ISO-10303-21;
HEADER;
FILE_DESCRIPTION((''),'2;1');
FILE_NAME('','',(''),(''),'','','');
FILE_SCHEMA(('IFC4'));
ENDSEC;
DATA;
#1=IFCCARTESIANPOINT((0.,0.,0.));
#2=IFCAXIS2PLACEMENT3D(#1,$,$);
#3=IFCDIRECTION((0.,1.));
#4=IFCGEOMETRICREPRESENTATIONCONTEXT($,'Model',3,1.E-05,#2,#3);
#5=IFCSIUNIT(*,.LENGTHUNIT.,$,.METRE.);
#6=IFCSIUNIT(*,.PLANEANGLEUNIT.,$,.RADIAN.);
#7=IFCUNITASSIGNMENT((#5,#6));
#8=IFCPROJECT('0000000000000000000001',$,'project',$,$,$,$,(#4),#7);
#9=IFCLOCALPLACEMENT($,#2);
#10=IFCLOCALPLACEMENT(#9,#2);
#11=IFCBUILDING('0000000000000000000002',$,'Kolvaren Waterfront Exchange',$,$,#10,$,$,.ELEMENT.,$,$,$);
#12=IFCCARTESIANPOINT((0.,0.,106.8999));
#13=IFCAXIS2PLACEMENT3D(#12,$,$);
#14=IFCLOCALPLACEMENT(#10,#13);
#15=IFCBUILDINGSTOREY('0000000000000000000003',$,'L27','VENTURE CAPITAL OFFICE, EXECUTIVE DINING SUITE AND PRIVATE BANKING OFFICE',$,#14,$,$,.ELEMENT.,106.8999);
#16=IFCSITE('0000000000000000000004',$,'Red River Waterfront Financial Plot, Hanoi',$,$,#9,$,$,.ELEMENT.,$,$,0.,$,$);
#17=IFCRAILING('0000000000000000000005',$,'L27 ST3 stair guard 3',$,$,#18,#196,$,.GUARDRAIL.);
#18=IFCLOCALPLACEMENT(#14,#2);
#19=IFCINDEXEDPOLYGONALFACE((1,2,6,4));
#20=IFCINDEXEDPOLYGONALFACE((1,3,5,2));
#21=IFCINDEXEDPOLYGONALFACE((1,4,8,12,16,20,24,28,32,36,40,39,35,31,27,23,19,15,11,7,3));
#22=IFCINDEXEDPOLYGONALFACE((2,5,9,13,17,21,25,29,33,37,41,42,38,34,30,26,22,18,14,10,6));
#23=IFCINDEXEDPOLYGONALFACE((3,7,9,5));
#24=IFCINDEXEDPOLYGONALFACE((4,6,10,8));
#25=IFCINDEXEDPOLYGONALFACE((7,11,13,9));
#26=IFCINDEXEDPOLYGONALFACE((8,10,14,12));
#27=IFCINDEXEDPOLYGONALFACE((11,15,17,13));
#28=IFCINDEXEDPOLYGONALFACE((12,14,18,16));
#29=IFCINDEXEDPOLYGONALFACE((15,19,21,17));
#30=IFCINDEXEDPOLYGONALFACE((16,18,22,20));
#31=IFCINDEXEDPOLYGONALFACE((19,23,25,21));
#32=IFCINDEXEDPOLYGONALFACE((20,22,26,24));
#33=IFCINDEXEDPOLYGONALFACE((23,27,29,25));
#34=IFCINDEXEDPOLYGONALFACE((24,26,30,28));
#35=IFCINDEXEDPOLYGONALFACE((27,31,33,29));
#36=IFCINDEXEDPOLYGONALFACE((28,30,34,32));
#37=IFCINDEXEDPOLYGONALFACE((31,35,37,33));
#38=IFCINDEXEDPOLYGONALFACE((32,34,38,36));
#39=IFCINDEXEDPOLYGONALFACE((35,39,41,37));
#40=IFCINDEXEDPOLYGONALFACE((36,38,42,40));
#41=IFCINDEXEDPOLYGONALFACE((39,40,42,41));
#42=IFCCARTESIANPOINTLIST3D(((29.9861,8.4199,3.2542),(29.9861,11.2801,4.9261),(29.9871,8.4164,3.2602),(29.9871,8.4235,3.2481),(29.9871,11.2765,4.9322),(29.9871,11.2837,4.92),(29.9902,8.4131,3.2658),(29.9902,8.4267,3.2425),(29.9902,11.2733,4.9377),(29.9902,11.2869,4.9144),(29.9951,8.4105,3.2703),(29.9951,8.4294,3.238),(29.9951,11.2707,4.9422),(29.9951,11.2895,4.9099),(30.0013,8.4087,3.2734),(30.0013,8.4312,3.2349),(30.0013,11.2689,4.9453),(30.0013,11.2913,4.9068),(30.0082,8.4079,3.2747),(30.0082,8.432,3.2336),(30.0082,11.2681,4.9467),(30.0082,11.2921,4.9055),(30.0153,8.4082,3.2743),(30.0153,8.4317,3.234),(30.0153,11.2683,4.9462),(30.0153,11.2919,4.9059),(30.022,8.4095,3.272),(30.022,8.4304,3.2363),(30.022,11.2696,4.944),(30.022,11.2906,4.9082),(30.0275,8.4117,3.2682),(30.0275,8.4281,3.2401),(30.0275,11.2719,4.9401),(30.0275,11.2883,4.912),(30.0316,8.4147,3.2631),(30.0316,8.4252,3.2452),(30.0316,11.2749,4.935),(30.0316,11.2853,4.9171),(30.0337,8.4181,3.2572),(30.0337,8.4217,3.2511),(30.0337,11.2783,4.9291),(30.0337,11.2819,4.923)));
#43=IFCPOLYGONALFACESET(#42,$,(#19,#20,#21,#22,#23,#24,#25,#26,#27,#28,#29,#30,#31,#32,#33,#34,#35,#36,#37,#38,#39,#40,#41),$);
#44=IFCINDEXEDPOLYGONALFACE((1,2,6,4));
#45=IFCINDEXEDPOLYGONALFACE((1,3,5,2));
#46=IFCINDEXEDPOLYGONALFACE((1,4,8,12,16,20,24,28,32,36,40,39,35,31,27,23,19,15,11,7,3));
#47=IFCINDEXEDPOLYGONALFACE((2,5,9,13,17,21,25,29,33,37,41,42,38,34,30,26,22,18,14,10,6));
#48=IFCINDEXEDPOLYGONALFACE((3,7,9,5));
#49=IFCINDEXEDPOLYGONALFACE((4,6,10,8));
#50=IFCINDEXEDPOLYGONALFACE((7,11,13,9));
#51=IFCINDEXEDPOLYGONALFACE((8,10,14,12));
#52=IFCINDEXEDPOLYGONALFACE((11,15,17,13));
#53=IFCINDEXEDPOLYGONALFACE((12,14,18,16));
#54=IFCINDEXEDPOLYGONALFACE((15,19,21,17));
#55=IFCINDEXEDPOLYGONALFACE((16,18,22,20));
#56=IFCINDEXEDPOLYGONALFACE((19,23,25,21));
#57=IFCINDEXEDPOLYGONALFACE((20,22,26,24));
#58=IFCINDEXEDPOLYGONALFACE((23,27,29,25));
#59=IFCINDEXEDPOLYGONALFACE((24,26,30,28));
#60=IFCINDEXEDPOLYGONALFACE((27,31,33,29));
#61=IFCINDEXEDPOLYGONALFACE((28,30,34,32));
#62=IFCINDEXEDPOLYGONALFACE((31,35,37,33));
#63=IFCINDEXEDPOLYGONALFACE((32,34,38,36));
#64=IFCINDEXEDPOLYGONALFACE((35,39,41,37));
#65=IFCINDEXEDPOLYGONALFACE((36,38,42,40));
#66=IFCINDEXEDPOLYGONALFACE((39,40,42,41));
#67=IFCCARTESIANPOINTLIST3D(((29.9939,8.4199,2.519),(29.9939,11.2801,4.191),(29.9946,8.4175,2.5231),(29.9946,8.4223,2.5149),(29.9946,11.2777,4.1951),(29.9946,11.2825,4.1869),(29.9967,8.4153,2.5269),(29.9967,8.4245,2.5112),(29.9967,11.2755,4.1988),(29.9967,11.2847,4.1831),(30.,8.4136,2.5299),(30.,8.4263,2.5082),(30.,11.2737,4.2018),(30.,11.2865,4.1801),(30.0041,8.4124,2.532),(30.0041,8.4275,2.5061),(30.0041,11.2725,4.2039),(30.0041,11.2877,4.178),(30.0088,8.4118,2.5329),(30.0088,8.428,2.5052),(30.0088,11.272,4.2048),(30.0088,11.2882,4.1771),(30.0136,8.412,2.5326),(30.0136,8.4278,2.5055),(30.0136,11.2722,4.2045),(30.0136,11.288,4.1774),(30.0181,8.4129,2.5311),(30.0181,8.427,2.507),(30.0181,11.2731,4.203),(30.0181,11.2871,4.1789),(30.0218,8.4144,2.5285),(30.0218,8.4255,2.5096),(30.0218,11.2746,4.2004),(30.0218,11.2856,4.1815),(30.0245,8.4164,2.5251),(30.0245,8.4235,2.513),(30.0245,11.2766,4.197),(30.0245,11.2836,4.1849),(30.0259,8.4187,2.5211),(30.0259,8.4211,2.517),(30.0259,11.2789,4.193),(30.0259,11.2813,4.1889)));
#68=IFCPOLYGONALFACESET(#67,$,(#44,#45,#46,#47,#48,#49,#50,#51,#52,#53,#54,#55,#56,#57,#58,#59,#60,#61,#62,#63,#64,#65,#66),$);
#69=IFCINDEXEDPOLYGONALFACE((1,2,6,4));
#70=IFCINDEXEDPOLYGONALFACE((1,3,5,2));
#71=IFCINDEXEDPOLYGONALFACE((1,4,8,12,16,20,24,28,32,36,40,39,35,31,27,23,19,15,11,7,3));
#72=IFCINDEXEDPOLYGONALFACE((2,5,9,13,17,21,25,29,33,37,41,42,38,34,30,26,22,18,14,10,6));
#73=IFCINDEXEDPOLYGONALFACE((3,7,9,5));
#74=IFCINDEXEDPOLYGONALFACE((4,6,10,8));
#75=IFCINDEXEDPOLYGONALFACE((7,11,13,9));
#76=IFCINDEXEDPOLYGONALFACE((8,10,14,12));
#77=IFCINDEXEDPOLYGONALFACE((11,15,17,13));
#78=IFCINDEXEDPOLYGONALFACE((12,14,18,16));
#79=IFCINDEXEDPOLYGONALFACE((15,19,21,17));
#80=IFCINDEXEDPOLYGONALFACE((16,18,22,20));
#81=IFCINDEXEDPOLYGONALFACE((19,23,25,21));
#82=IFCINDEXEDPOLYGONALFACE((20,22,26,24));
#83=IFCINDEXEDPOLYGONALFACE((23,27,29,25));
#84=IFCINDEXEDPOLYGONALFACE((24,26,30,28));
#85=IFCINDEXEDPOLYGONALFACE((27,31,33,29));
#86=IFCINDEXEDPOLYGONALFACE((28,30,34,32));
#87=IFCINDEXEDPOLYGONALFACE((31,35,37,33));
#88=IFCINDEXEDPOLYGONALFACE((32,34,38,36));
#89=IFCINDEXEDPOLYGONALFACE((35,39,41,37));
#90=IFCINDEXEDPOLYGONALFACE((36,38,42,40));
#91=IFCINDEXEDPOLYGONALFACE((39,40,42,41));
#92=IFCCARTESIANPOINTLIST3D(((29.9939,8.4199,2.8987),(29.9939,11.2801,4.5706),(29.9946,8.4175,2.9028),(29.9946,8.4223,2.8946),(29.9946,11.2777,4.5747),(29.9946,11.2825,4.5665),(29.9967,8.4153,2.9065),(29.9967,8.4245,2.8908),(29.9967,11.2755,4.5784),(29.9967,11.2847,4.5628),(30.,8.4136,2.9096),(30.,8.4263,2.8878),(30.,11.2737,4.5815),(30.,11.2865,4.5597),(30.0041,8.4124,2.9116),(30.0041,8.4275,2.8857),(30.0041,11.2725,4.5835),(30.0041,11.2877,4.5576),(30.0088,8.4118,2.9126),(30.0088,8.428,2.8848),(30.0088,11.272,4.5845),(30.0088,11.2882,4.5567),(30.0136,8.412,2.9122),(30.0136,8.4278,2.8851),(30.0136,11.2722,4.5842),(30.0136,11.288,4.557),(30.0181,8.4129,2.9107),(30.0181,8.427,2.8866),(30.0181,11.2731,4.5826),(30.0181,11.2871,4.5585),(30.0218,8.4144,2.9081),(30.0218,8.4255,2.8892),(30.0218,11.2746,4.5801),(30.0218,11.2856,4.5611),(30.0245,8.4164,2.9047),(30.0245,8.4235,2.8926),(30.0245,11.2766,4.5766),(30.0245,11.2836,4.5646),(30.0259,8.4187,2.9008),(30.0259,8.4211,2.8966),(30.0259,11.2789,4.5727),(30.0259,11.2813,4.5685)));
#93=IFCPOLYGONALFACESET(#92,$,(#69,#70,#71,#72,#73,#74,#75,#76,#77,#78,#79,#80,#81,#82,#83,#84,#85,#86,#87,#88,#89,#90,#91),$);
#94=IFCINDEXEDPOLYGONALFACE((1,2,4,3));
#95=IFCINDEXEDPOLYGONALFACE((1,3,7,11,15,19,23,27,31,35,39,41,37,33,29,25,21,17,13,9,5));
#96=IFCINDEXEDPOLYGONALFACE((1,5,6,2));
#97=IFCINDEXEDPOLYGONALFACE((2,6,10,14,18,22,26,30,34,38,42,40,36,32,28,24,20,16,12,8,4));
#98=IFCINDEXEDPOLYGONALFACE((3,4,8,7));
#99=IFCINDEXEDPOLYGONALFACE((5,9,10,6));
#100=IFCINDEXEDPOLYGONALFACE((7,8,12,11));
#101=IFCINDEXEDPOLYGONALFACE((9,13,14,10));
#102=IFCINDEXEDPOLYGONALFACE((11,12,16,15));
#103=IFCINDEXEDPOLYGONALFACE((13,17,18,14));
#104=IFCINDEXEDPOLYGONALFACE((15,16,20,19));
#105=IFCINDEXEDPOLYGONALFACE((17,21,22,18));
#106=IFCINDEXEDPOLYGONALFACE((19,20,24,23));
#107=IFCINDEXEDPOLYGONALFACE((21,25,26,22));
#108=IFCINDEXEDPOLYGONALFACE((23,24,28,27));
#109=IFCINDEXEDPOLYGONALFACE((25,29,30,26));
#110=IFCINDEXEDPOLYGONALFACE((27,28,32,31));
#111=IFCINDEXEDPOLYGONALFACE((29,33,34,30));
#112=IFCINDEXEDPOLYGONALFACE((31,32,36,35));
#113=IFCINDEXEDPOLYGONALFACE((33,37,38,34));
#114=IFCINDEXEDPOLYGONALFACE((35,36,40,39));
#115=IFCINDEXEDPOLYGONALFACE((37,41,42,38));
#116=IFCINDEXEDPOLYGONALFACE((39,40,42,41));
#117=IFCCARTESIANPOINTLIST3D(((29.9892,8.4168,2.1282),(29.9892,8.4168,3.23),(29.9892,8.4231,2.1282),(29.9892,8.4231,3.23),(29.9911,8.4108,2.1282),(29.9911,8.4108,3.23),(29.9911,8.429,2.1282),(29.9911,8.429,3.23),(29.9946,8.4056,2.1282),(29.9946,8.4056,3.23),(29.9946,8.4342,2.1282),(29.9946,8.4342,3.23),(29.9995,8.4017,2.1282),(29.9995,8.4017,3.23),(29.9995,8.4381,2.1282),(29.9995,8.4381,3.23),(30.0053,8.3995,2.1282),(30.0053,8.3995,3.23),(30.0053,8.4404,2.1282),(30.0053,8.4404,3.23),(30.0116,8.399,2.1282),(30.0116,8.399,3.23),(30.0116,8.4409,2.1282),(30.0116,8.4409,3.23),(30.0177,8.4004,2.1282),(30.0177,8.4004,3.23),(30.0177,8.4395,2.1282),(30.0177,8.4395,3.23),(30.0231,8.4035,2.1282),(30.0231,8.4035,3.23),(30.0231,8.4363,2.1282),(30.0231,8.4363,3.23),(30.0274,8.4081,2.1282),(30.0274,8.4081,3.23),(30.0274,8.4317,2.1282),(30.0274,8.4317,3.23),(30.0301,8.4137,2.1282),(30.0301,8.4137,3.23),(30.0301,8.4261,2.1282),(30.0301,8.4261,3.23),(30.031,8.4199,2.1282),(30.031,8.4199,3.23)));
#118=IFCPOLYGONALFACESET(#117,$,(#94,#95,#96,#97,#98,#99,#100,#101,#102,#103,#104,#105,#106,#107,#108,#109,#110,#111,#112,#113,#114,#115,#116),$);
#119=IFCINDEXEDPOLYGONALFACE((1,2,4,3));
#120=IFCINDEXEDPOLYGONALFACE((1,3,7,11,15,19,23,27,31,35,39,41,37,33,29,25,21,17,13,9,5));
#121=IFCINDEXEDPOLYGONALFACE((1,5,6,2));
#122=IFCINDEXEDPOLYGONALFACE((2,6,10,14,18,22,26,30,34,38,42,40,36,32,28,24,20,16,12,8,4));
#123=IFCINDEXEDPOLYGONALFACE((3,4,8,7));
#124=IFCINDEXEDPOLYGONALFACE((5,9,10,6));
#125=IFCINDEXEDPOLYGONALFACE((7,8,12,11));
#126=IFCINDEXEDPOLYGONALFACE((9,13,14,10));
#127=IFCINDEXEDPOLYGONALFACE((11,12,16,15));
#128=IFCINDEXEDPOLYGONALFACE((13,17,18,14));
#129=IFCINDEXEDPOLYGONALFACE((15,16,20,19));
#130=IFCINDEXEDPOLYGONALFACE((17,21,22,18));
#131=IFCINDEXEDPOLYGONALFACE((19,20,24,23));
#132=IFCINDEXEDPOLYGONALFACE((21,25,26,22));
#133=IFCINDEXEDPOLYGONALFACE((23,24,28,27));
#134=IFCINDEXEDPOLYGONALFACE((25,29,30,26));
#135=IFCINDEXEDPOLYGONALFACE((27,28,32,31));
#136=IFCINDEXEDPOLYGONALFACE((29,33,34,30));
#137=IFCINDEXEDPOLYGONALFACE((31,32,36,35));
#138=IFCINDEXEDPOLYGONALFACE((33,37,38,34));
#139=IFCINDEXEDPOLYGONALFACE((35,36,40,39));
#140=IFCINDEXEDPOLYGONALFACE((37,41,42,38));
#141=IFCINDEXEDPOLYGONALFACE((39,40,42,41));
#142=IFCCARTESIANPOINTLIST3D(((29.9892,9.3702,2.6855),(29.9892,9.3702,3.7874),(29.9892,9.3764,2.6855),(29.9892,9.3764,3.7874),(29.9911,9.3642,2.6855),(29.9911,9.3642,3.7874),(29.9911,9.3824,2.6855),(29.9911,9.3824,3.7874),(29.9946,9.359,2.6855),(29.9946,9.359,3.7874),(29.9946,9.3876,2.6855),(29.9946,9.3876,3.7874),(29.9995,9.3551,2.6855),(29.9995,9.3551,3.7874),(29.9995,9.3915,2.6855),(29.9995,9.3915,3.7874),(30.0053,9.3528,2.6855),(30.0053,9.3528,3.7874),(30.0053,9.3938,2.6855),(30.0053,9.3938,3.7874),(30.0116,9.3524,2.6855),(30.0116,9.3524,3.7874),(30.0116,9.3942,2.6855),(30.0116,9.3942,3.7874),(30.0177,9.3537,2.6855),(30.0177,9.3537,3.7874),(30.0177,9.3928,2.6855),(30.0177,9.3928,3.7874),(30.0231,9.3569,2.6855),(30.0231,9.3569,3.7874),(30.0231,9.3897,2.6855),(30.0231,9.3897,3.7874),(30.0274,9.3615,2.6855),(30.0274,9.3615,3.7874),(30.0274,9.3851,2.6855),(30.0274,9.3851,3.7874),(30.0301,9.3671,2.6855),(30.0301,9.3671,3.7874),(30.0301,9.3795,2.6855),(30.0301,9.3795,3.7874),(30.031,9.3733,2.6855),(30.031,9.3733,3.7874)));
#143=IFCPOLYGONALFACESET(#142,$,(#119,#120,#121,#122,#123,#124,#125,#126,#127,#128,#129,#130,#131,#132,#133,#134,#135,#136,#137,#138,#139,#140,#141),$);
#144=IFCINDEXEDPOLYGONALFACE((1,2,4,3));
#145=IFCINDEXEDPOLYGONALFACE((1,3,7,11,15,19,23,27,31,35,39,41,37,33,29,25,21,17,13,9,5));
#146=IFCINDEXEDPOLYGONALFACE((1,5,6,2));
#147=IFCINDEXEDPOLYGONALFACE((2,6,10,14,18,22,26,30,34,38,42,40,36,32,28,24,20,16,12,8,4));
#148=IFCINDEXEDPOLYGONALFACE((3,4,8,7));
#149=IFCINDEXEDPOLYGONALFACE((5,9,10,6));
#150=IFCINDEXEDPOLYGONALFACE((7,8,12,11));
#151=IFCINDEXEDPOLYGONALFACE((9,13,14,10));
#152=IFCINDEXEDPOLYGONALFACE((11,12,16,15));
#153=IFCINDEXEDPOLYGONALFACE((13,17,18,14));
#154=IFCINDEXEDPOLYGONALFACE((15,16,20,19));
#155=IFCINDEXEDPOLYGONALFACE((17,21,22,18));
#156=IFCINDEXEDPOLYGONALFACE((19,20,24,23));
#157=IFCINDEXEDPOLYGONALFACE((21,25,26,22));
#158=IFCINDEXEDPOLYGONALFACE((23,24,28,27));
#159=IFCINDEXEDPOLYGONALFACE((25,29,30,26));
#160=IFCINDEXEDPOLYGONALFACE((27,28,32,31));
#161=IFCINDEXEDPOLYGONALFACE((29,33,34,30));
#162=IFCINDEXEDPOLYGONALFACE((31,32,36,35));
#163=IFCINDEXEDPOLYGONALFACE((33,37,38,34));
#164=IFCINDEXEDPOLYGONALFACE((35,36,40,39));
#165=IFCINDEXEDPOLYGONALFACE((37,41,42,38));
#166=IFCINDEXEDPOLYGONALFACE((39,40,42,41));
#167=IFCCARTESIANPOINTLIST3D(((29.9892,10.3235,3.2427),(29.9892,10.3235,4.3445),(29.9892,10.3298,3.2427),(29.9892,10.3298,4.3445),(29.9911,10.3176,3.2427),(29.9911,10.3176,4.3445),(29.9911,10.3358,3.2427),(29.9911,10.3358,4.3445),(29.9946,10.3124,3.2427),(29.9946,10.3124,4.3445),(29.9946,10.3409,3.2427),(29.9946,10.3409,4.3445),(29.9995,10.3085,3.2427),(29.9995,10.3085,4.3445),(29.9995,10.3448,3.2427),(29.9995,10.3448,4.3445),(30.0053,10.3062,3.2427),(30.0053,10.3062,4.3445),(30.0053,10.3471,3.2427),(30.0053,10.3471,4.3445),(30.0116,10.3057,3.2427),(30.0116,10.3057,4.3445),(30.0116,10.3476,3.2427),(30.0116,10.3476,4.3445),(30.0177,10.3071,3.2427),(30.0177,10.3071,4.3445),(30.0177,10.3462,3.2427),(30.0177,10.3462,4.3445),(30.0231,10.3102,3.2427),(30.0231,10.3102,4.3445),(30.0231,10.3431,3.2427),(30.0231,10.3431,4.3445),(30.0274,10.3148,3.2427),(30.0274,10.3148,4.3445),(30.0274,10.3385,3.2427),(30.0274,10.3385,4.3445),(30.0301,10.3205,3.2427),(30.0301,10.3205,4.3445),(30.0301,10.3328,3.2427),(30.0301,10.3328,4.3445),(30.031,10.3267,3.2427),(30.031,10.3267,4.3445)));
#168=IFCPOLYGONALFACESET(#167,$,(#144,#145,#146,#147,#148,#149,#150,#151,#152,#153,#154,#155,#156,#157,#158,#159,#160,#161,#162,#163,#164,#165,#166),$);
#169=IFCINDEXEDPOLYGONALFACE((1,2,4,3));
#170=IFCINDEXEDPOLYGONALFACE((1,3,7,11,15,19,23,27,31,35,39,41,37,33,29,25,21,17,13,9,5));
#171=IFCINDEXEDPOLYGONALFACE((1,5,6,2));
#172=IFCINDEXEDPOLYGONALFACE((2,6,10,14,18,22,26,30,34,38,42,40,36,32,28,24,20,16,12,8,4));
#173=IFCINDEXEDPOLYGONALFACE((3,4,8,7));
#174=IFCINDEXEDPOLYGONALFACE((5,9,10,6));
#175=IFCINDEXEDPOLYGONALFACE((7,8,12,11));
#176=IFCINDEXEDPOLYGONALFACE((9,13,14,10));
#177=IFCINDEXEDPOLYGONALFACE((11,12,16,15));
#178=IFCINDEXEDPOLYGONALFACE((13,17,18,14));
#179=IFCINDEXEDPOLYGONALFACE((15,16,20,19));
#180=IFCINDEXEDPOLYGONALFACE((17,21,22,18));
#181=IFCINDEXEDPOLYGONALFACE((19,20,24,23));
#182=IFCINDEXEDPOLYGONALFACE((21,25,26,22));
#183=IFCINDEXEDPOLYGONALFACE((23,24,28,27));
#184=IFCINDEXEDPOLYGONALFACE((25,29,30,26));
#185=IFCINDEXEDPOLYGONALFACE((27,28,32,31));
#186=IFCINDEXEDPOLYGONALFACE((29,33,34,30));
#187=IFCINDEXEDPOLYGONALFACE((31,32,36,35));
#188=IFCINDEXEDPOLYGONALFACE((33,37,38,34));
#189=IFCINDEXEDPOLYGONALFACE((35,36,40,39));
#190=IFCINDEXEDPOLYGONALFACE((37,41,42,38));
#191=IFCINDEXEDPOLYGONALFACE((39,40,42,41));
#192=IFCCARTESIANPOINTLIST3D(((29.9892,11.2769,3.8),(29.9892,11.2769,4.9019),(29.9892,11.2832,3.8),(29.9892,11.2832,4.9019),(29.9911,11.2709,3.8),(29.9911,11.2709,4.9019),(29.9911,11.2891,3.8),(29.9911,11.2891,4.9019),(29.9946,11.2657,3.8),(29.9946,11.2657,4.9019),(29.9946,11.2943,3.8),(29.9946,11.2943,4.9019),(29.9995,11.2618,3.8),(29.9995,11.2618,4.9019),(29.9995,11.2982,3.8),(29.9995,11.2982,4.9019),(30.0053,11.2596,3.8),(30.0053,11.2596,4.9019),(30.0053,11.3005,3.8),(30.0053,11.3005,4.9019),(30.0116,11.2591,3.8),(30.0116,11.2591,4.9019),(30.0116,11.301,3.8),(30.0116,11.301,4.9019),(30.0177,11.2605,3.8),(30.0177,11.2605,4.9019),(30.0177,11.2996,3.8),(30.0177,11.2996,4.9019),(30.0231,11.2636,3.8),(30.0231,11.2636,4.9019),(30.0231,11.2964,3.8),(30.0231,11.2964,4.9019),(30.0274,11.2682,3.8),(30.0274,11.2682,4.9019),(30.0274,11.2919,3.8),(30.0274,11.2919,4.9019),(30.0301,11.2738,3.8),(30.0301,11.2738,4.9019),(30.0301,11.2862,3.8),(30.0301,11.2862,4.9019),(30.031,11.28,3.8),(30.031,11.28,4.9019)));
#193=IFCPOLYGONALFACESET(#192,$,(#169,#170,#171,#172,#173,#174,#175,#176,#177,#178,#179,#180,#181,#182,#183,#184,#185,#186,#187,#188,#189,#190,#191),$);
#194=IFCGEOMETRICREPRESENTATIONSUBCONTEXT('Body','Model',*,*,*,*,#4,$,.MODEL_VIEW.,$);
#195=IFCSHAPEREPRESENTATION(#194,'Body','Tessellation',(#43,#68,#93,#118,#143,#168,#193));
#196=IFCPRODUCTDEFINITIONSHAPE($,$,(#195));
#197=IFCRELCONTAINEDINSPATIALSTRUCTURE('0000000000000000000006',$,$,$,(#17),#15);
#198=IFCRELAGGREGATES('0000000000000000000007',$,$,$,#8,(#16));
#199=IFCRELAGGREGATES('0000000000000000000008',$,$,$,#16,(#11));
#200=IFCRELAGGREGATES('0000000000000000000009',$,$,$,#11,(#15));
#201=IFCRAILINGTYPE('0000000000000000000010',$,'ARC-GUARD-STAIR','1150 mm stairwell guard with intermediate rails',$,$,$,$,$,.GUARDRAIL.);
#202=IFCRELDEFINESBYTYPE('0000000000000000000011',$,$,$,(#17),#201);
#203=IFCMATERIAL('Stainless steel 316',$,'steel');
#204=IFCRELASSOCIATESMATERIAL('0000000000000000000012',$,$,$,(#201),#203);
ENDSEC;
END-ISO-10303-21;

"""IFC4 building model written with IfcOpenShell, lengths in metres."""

from ifc_helpers import new_model, si_unit, direction, frame, origin, origin_2d, place, context, subcontext, project, spatial, circle, extrude, material, type_object, element, save


model = new_model("IFC4")

# Units and contexts
model_context = context("Model", 3, precision=1e-05, world=origin(), true_north=direction((0.0, 1.0)))
body_context = subcontext(model_context, "Body", "Model", "MODEL_VIEW")
ifc_project = project(units=[si_unit("LENGTHUNIT", "METRE"), si_unit("PLANEANGLEUNIT", "RADIAN")], contexts=[model_context])

# Site, building, storey
site_placement = place(None, origin())
site = spatial("IfcSite", under=ifc_project, at=site_placement, Name="Red River Waterfront Financial Plot, Hanoi", CompositionType="ELEMENT", RefElevation=0.0)
building_placement = place(site_placement, origin())
building = spatial("IfcBuilding", under=site, at=building_placement, Name="Kolvaren Waterfront Exchange", CompositionType="ELEMENT")
storey_placement = place(building_placement, frame((0.0, 0.0, 106.8999)))
storey = spatial("IfcBuildingStorey", under=building, at=storey_placement, Name="L27", Description="VENTURE CAPITAL OFFICE, EXECUTIVE DINING SUITE AND PRIVATE BANKING OFFICE", CompositionType="ELEMENT", Elevation=106.8999)

# Railing
ifc_material_1 = material(Name="Stainless steel 316", Category="steel")
railing_type_1 = type_object("IfcRailingType", Name="ARC-GUARD-STAIR", Description="1150 mm stairwell guard with intermediate rails", PredefinedType="GUARDRAIL", material=ifc_material_1)
railing_1_placement = place(storey_placement, frame((30.01, 8.4199, 2.1282)))
element("IfcRailing", 1, at=railing_1_placement, inside=storey, type_object=railing_type_1, Name="L27 ST3 stair guard 3", PredefinedType="GUARDRAIL", context=body_context, shape_type="SweptSolid", body=[
    extrude(circle(Radius=0.0239, at=origin_2d()), frame((0.0, 0.0, 1.126), z_axis=(0.0, 0.863321, 0.504654), x_axis=(-1.0, 0.0, 0.0)), (0.0, 0.0, 1.0), 3.313),
    extrude(circle(Radius=0.0161, at=origin_2d()), frame((0.0, 0.0, 0.3909), z_axis=(0.0, 0.863321, 0.504654), x_axis=(-1.0, 0.0, 0.0)), (0.0, 0.0, 1.0), 3.313),
    extrude(circle(Radius=0.0161, at=origin_2d()), frame((0.0, 0.0, 0.7705), z_axis=(0.0, 0.863321, 0.504654), x_axis=(-1.0, 0.0, 0.0)), (0.0, 0.0, 1.0), 3.313),
    extrude(circle(Radius=0.021, at=origin_2d()), origin(), (0.0, 0.0, 1.0), 1.1018),
    extrude(circle(Radius=0.021, at=origin_2d()), frame((0.0, 0.9534, 0.5574)), (0.0, 0.0, 1.0), 1.1018),
    extrude(circle(Radius=0.021, at=origin_2d()), frame((0.0, 1.9067, 1.1145)), (0.0, 0.0, 1.0), 1.1018),
    extrude(circle(Radius=0.021, at=origin_2d()), frame((0.0, 2.8601, 1.6719)), (0.0, 0.0, 1.0), 1.1018),
])

save(model, "model.ifc")
